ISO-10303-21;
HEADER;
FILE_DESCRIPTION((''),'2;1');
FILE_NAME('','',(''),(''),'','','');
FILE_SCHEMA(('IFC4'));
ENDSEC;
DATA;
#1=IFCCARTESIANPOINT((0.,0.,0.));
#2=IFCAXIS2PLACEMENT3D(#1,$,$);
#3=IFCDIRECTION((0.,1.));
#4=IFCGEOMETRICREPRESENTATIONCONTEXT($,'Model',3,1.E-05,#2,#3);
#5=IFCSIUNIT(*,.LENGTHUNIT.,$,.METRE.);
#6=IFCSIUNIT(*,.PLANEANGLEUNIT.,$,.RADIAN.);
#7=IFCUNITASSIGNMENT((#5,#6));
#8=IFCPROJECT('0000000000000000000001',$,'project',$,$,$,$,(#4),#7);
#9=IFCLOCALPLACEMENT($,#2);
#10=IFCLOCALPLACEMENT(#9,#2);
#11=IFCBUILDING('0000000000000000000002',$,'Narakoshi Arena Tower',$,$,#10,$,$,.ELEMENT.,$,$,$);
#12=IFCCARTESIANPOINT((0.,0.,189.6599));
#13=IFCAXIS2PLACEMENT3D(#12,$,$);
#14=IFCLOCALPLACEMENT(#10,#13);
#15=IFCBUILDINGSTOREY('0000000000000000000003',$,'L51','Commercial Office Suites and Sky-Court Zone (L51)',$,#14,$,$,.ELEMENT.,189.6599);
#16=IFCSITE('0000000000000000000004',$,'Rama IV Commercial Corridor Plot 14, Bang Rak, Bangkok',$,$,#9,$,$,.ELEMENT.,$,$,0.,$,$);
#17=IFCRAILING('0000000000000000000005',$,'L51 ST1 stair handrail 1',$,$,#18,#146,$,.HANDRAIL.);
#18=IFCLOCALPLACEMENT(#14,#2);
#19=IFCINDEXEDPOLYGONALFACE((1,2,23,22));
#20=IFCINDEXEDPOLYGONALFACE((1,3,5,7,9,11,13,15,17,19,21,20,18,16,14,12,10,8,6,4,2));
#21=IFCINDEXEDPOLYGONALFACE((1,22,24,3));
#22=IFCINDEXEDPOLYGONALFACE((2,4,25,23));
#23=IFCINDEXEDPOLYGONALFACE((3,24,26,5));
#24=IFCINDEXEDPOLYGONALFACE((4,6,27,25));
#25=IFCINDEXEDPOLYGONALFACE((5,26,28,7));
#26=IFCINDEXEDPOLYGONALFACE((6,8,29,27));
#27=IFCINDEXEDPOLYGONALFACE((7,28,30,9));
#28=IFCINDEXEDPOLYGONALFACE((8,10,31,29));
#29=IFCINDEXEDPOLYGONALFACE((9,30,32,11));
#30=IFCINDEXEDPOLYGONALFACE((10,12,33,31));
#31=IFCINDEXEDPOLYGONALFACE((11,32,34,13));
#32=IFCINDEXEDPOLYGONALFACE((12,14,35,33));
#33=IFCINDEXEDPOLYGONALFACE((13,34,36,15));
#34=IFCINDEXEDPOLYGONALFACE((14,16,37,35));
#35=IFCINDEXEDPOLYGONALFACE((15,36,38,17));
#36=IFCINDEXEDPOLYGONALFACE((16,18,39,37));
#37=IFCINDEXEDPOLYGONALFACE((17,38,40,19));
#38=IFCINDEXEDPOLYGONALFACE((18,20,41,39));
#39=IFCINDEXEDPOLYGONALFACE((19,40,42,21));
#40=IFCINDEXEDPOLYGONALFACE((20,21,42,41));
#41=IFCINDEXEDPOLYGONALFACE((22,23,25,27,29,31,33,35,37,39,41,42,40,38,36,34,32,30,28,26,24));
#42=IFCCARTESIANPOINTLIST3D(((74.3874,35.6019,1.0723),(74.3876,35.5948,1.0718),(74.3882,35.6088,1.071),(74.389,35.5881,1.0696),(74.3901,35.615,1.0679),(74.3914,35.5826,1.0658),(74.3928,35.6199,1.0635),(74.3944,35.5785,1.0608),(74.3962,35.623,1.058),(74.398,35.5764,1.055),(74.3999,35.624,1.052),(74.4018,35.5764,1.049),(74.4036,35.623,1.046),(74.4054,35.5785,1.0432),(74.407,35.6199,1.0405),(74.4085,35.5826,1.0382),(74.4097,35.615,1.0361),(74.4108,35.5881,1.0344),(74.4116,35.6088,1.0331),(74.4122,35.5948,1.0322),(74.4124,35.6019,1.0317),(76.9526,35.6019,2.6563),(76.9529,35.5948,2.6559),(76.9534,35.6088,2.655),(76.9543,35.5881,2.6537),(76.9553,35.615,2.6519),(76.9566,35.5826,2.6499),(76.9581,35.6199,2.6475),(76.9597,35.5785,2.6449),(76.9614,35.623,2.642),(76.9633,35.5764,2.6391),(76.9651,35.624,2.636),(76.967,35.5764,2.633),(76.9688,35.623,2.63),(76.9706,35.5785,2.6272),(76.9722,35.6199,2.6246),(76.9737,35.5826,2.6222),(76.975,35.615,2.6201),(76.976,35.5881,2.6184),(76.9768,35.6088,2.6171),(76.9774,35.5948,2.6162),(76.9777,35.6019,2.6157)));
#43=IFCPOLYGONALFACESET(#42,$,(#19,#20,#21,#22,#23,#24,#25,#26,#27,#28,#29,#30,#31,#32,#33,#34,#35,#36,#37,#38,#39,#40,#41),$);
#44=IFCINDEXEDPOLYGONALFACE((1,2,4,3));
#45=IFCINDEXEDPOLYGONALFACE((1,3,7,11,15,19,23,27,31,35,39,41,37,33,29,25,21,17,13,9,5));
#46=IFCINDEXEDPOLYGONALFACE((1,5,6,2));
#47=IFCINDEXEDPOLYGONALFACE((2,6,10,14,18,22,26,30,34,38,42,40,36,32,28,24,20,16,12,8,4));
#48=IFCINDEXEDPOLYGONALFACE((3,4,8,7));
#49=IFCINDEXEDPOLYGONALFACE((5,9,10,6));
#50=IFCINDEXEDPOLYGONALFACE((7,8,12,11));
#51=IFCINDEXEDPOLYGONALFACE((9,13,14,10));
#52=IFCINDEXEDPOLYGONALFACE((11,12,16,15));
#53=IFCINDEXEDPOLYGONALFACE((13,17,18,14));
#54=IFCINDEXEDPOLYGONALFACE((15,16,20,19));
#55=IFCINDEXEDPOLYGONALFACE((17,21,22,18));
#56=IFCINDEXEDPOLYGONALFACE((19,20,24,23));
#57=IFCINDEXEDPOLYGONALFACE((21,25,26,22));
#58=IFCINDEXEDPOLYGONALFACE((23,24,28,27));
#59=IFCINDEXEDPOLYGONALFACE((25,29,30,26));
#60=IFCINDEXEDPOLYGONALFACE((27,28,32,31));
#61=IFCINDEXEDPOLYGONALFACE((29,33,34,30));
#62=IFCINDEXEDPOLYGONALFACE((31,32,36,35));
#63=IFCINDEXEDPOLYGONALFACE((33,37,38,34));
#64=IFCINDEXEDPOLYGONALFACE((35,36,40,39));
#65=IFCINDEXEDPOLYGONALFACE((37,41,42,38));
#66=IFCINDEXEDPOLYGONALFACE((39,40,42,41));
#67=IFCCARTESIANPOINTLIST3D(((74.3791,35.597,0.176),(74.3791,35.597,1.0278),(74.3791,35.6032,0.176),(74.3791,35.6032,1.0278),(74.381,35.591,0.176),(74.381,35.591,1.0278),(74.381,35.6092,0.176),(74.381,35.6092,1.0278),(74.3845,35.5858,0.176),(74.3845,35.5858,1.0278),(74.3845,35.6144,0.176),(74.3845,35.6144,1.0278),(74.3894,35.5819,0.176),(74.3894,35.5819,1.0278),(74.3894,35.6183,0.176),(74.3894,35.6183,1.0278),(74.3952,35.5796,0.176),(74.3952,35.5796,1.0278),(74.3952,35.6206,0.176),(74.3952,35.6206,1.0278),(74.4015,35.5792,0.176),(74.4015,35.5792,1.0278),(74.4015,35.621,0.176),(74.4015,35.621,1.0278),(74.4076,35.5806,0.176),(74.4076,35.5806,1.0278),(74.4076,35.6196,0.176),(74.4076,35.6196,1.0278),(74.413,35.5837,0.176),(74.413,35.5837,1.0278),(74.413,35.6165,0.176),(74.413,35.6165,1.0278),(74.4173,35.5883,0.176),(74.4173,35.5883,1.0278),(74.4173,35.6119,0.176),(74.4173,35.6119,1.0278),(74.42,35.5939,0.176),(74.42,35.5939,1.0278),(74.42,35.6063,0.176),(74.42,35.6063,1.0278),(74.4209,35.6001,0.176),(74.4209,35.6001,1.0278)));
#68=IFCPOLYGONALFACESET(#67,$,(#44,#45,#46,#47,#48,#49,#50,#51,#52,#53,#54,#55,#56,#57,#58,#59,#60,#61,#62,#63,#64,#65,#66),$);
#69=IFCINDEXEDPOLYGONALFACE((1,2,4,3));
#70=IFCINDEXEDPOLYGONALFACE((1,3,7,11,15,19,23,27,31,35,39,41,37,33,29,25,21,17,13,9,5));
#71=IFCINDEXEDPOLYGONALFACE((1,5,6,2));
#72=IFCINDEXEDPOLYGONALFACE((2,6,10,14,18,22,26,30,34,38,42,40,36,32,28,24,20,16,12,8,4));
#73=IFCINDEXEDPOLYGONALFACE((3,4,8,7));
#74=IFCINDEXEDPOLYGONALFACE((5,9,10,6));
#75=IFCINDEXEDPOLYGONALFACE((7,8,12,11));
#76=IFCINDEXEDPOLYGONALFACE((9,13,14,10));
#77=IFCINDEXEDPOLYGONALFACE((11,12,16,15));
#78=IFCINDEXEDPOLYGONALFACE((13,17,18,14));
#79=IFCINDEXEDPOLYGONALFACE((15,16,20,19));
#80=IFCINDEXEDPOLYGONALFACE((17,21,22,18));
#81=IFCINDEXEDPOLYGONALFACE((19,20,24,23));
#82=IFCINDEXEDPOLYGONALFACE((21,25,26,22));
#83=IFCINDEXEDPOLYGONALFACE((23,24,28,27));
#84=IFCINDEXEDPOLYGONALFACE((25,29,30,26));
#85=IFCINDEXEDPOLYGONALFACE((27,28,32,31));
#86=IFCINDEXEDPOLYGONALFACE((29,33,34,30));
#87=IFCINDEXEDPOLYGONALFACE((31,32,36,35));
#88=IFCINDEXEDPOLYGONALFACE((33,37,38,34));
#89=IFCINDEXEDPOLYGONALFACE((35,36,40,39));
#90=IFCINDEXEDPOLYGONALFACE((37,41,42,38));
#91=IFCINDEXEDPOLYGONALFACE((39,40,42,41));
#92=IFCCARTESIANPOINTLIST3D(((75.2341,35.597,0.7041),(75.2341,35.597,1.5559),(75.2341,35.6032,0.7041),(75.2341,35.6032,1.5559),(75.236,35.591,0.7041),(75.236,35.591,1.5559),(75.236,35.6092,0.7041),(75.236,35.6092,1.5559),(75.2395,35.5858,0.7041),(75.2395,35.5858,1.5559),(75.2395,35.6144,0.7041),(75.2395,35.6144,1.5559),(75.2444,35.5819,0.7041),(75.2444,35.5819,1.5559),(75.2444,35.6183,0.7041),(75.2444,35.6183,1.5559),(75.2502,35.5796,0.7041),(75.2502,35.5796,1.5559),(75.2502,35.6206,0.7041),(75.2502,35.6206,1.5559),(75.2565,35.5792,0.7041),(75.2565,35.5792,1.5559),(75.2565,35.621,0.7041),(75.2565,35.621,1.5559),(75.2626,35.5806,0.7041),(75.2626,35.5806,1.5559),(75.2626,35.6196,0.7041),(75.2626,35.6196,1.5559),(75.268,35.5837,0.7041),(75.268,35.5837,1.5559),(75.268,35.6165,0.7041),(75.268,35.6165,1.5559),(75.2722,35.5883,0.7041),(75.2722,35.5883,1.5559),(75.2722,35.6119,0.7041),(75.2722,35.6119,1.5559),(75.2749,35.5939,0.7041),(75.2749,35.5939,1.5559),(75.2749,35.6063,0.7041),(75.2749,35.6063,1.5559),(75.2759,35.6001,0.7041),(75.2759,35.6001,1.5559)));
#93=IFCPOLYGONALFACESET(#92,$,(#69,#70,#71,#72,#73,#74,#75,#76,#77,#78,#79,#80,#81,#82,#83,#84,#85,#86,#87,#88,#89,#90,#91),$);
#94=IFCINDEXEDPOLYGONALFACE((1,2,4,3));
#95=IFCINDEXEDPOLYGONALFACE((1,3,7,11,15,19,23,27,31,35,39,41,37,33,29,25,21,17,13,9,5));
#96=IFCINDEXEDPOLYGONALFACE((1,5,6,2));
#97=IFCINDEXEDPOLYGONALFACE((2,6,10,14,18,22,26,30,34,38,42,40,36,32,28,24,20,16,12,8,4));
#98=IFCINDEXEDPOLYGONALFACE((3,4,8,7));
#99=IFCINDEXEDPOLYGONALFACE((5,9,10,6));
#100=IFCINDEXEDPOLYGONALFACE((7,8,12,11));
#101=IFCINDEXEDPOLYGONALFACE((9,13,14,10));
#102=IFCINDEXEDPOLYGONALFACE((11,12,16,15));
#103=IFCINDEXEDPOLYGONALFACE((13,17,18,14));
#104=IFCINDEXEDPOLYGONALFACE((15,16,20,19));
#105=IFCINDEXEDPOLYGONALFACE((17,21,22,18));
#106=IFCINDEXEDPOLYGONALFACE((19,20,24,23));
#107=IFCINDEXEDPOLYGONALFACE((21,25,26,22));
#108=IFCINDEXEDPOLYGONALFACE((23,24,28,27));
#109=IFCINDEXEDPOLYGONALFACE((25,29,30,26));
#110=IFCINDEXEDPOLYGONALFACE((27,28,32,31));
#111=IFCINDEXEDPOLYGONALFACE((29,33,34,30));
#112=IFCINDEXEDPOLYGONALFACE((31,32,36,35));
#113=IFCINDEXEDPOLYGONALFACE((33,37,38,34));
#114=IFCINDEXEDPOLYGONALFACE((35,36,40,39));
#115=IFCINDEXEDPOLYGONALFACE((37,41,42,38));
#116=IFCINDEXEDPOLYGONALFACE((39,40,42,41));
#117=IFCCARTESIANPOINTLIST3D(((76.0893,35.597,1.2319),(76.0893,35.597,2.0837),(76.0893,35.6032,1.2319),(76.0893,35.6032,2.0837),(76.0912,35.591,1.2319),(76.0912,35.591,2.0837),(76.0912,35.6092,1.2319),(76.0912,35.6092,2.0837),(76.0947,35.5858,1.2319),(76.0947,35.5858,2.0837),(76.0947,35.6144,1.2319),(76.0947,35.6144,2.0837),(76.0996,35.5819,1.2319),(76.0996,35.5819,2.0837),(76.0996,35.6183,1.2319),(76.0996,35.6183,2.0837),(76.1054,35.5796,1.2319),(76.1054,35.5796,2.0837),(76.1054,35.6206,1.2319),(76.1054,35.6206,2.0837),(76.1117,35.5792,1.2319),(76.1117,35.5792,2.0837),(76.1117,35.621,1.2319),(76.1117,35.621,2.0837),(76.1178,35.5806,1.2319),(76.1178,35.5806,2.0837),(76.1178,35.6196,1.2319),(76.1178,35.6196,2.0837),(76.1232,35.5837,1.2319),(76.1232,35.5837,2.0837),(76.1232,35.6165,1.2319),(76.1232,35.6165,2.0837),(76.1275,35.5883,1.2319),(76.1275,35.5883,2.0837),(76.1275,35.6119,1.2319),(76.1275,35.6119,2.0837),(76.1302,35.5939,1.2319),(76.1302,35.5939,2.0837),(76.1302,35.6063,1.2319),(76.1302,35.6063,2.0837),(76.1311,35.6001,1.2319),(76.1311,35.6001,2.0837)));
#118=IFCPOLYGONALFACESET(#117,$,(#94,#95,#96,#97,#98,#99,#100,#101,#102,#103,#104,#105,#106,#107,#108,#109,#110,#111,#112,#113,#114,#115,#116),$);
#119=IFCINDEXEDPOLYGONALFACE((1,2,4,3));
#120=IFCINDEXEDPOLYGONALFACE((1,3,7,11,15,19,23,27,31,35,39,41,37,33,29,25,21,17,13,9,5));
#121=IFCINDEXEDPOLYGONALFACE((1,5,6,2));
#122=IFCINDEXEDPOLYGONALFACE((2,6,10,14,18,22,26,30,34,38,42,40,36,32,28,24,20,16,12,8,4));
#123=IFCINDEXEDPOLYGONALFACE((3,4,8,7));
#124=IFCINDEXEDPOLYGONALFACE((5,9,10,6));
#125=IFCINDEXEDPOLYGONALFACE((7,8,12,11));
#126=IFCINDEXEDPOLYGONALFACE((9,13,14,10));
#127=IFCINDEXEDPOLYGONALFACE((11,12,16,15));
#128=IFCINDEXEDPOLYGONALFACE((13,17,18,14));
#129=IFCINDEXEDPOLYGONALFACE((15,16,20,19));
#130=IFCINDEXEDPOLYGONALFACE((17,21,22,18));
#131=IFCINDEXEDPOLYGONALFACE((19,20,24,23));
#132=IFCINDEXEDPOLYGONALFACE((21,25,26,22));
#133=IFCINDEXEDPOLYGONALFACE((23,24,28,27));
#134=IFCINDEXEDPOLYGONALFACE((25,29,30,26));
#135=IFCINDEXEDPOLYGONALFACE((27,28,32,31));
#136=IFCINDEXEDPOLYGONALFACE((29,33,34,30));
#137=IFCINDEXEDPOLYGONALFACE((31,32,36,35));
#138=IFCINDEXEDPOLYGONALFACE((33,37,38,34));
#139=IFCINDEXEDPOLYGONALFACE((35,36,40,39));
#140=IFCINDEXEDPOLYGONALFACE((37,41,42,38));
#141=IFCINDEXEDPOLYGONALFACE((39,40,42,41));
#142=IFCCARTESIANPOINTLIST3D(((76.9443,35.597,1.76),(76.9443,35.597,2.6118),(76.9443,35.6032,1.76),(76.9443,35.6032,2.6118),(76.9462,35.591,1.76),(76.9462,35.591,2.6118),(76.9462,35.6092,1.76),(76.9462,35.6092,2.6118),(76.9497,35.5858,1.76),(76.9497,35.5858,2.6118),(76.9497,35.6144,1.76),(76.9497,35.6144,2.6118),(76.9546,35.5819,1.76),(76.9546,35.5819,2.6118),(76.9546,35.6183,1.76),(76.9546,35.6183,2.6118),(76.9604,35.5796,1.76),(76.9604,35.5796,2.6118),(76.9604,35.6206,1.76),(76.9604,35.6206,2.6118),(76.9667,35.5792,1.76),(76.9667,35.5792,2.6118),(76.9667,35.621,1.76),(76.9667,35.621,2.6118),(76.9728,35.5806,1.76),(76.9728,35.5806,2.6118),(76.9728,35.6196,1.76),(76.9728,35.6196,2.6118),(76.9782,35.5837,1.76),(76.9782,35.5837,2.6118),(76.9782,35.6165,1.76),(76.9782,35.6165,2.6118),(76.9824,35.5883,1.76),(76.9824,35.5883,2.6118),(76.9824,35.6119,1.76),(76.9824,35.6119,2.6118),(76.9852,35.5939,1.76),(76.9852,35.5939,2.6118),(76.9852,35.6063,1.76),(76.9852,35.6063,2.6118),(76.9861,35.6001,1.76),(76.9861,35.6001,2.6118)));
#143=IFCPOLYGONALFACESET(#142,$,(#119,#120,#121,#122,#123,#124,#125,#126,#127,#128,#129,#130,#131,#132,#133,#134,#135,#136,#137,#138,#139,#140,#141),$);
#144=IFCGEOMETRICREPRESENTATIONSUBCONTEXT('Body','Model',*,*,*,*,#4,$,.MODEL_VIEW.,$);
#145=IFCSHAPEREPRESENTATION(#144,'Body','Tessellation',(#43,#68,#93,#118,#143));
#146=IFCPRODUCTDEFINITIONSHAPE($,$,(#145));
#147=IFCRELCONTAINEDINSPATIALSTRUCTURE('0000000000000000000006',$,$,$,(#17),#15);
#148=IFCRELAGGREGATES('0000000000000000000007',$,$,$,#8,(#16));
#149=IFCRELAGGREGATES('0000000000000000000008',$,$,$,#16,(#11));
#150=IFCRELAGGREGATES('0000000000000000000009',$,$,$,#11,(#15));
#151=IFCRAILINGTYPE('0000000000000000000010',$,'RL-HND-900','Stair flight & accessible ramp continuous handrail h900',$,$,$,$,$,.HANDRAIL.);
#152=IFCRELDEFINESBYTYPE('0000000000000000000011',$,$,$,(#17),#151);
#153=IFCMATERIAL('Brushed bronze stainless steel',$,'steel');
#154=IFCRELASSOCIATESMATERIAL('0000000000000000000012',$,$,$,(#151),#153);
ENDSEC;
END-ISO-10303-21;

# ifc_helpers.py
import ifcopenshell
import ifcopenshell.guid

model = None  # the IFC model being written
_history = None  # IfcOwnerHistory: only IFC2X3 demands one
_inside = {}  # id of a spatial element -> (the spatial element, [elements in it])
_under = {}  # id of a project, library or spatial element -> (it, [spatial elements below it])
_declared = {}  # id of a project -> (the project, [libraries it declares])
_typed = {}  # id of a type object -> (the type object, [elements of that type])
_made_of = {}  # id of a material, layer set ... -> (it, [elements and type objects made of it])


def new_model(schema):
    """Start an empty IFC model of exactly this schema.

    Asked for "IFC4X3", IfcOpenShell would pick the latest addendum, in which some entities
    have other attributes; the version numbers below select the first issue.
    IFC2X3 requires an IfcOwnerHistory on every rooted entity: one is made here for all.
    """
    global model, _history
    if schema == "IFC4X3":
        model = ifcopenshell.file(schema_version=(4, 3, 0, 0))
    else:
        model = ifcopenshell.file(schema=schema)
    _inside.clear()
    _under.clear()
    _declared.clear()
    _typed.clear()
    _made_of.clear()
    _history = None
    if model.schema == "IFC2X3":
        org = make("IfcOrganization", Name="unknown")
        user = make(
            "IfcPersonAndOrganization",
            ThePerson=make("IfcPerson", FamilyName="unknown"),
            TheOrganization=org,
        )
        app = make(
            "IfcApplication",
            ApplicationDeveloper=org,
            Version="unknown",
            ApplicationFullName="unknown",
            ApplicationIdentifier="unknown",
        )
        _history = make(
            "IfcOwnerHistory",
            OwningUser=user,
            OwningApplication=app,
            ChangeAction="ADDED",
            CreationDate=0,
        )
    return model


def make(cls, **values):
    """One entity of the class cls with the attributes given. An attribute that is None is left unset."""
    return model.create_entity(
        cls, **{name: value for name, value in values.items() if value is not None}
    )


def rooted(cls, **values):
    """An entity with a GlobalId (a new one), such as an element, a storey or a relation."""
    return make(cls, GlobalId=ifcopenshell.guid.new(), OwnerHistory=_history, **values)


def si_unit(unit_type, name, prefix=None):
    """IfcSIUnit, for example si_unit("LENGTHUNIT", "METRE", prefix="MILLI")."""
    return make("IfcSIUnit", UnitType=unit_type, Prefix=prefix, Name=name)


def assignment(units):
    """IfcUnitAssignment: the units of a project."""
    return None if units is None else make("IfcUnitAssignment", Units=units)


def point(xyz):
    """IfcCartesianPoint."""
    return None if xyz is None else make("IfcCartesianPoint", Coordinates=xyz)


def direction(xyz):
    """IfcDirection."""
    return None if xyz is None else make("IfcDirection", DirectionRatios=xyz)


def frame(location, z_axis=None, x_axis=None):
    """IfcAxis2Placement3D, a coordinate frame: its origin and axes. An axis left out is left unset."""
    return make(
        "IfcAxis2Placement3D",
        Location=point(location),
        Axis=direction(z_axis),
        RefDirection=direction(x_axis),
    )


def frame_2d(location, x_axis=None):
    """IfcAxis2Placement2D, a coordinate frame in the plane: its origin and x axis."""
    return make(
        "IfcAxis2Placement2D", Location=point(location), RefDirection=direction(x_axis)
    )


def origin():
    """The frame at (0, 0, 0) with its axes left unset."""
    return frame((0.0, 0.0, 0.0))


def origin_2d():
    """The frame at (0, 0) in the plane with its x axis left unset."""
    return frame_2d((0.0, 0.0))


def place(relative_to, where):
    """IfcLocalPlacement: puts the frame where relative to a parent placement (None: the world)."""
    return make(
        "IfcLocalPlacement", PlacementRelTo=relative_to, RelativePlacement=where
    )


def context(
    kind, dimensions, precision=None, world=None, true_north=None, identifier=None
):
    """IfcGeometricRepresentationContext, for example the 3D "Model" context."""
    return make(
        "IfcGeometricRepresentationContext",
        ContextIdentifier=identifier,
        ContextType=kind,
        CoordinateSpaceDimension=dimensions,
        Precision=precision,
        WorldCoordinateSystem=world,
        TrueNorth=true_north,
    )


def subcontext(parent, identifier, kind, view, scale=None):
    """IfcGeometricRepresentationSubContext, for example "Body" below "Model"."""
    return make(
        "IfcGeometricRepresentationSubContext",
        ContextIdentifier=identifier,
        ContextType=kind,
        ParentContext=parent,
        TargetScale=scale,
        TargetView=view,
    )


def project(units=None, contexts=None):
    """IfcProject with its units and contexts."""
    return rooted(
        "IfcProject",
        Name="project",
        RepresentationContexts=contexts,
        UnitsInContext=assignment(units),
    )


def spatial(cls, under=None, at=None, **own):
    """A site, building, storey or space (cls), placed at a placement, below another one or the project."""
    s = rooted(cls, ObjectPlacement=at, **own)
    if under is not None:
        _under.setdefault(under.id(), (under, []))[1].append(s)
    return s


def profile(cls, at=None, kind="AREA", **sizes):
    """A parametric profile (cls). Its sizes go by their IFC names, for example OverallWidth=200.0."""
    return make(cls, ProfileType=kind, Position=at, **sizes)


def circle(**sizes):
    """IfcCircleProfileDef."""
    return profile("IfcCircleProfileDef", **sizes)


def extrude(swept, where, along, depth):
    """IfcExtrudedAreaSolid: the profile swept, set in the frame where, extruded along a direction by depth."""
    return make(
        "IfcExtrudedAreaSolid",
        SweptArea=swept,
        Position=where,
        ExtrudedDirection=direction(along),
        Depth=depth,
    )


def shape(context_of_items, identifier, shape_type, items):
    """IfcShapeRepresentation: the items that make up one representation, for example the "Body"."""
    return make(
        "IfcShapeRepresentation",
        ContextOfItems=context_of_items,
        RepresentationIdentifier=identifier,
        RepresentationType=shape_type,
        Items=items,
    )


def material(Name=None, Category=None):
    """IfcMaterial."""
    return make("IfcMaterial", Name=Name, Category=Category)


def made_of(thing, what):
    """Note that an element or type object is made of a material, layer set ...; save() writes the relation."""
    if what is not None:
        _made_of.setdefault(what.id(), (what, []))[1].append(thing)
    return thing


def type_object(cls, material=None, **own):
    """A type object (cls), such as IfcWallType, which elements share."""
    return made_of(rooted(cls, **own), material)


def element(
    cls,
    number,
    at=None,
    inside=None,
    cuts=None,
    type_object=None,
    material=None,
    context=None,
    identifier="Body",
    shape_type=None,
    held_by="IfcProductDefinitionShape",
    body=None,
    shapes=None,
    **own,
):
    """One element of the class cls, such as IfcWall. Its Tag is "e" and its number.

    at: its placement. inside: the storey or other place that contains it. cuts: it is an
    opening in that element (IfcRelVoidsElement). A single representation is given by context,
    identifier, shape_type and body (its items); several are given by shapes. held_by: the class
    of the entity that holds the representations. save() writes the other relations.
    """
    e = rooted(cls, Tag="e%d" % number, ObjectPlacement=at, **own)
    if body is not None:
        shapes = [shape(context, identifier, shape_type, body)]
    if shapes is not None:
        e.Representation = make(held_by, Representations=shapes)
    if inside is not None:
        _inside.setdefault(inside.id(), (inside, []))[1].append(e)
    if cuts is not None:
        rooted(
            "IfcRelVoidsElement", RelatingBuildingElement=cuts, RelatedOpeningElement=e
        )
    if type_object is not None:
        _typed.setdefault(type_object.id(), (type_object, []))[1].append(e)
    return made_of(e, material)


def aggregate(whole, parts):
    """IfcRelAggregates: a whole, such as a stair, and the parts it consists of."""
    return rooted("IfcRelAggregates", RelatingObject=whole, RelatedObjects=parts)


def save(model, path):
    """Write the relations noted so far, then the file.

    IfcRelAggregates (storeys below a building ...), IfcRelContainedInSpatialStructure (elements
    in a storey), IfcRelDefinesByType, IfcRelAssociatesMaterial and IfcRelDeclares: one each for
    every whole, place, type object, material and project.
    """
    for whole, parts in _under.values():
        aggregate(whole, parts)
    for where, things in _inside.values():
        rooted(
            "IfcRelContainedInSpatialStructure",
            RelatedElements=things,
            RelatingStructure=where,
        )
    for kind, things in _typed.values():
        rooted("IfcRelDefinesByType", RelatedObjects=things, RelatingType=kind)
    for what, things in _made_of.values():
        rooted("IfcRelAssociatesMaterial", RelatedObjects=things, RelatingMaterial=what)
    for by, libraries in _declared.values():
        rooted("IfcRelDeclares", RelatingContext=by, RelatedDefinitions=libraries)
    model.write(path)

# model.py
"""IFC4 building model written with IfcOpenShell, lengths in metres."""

from ifc_helpers import new_model, si_unit, direction, frame, origin, origin_2d, place, context, subcontext, project, spatial, circle, extrude, material, type_object, element, save


model = new_model("IFC4")

# Units and contexts
model_context = context("Model", 3, precision=1e-05, world=origin(), true_north=direction((0.0, 1.0)))
body_context = subcontext(model_context, "Body", "Model", "MODEL_VIEW")
ifc_project = project(units=[si_unit("LENGTHUNIT", "METRE"), si_unit("PLANEANGLEUNIT", "RADIAN")], contexts=[model_context])

# Site, building, storey
site_placement = place(None, origin())
site = spatial("IfcSite", under=ifc_project, at=site_placement, Name="Rama IV Commercial Corridor Plot 14, Bang Rak, Bangkok", CompositionType="ELEMENT", RefElevation=0.0)
building_placement = place(site_placement, origin())
building = spatial("IfcBuilding", under=site, at=building_placement, Name="Narakoshi Arena Tower", CompositionType="ELEMENT")
storey_placement = place(building_placement, frame((0.0, 0.0, 189.6599)))
storey = spatial("IfcBuildingStorey", under=building, at=storey_placement, Name="L51", Description="Commercial Office Suites and Sky-Court Zone (L51)", CompositionType="ELEMENT", Elevation=189.6599)

# Railing
ifc_material_1 = material(Name="Brushed bronze stainless steel", Category="steel")
railing_type_1 = type_object("IfcRailingType", Name="RL-HND-900", Description="Stair flight & accessible ramp continuous handrail h900", PredefinedType="HANDRAIL", material=ifc_material_1)
railing_1_placement = place(storey_placement, frame((74.3999, 35.6001, 0.176)))
element("IfcRailing", 1, at=railing_1_placement, inside=storey, type_object=railing_type_1, Name="L51 ST1 stair handrail 1", PredefinedType="HANDRAIL", context=body_context, shape_type="SweptSolid", body=[
    extrude(circle(Radius=0.0239, at=origin_2d()), frame((0.0, 0.0, 0.876), z_axis=(0.850857, 0.0, 0.525398), x_axis=(0.0, 1.0, 0.0)), (0.0, 0.0, 1.0), 3.0149),
    extrude(circle(Radius=0.021, at=origin_2d()), origin(), (0.0, 0.0, 1.0), 0.8518),
    extrude(circle(Radius=0.021, at=origin_2d()), frame((0.855, 0.0, 0.5281)), (0.0, 0.0, 1.0), 0.8518),
    extrude(circle(Radius=0.021, at=origin_2d()), frame((1.7102, 0.0, 1.0559)), (0.0, 0.0, 1.0), 0.8518),
    extrude(circle(Radius=0.021, at=origin_2d()), frame((2.5652, 0.0, 1.584)), (0.0, 0.0, 1.0), 0.8518),
])

save(model, "model.ifc")
